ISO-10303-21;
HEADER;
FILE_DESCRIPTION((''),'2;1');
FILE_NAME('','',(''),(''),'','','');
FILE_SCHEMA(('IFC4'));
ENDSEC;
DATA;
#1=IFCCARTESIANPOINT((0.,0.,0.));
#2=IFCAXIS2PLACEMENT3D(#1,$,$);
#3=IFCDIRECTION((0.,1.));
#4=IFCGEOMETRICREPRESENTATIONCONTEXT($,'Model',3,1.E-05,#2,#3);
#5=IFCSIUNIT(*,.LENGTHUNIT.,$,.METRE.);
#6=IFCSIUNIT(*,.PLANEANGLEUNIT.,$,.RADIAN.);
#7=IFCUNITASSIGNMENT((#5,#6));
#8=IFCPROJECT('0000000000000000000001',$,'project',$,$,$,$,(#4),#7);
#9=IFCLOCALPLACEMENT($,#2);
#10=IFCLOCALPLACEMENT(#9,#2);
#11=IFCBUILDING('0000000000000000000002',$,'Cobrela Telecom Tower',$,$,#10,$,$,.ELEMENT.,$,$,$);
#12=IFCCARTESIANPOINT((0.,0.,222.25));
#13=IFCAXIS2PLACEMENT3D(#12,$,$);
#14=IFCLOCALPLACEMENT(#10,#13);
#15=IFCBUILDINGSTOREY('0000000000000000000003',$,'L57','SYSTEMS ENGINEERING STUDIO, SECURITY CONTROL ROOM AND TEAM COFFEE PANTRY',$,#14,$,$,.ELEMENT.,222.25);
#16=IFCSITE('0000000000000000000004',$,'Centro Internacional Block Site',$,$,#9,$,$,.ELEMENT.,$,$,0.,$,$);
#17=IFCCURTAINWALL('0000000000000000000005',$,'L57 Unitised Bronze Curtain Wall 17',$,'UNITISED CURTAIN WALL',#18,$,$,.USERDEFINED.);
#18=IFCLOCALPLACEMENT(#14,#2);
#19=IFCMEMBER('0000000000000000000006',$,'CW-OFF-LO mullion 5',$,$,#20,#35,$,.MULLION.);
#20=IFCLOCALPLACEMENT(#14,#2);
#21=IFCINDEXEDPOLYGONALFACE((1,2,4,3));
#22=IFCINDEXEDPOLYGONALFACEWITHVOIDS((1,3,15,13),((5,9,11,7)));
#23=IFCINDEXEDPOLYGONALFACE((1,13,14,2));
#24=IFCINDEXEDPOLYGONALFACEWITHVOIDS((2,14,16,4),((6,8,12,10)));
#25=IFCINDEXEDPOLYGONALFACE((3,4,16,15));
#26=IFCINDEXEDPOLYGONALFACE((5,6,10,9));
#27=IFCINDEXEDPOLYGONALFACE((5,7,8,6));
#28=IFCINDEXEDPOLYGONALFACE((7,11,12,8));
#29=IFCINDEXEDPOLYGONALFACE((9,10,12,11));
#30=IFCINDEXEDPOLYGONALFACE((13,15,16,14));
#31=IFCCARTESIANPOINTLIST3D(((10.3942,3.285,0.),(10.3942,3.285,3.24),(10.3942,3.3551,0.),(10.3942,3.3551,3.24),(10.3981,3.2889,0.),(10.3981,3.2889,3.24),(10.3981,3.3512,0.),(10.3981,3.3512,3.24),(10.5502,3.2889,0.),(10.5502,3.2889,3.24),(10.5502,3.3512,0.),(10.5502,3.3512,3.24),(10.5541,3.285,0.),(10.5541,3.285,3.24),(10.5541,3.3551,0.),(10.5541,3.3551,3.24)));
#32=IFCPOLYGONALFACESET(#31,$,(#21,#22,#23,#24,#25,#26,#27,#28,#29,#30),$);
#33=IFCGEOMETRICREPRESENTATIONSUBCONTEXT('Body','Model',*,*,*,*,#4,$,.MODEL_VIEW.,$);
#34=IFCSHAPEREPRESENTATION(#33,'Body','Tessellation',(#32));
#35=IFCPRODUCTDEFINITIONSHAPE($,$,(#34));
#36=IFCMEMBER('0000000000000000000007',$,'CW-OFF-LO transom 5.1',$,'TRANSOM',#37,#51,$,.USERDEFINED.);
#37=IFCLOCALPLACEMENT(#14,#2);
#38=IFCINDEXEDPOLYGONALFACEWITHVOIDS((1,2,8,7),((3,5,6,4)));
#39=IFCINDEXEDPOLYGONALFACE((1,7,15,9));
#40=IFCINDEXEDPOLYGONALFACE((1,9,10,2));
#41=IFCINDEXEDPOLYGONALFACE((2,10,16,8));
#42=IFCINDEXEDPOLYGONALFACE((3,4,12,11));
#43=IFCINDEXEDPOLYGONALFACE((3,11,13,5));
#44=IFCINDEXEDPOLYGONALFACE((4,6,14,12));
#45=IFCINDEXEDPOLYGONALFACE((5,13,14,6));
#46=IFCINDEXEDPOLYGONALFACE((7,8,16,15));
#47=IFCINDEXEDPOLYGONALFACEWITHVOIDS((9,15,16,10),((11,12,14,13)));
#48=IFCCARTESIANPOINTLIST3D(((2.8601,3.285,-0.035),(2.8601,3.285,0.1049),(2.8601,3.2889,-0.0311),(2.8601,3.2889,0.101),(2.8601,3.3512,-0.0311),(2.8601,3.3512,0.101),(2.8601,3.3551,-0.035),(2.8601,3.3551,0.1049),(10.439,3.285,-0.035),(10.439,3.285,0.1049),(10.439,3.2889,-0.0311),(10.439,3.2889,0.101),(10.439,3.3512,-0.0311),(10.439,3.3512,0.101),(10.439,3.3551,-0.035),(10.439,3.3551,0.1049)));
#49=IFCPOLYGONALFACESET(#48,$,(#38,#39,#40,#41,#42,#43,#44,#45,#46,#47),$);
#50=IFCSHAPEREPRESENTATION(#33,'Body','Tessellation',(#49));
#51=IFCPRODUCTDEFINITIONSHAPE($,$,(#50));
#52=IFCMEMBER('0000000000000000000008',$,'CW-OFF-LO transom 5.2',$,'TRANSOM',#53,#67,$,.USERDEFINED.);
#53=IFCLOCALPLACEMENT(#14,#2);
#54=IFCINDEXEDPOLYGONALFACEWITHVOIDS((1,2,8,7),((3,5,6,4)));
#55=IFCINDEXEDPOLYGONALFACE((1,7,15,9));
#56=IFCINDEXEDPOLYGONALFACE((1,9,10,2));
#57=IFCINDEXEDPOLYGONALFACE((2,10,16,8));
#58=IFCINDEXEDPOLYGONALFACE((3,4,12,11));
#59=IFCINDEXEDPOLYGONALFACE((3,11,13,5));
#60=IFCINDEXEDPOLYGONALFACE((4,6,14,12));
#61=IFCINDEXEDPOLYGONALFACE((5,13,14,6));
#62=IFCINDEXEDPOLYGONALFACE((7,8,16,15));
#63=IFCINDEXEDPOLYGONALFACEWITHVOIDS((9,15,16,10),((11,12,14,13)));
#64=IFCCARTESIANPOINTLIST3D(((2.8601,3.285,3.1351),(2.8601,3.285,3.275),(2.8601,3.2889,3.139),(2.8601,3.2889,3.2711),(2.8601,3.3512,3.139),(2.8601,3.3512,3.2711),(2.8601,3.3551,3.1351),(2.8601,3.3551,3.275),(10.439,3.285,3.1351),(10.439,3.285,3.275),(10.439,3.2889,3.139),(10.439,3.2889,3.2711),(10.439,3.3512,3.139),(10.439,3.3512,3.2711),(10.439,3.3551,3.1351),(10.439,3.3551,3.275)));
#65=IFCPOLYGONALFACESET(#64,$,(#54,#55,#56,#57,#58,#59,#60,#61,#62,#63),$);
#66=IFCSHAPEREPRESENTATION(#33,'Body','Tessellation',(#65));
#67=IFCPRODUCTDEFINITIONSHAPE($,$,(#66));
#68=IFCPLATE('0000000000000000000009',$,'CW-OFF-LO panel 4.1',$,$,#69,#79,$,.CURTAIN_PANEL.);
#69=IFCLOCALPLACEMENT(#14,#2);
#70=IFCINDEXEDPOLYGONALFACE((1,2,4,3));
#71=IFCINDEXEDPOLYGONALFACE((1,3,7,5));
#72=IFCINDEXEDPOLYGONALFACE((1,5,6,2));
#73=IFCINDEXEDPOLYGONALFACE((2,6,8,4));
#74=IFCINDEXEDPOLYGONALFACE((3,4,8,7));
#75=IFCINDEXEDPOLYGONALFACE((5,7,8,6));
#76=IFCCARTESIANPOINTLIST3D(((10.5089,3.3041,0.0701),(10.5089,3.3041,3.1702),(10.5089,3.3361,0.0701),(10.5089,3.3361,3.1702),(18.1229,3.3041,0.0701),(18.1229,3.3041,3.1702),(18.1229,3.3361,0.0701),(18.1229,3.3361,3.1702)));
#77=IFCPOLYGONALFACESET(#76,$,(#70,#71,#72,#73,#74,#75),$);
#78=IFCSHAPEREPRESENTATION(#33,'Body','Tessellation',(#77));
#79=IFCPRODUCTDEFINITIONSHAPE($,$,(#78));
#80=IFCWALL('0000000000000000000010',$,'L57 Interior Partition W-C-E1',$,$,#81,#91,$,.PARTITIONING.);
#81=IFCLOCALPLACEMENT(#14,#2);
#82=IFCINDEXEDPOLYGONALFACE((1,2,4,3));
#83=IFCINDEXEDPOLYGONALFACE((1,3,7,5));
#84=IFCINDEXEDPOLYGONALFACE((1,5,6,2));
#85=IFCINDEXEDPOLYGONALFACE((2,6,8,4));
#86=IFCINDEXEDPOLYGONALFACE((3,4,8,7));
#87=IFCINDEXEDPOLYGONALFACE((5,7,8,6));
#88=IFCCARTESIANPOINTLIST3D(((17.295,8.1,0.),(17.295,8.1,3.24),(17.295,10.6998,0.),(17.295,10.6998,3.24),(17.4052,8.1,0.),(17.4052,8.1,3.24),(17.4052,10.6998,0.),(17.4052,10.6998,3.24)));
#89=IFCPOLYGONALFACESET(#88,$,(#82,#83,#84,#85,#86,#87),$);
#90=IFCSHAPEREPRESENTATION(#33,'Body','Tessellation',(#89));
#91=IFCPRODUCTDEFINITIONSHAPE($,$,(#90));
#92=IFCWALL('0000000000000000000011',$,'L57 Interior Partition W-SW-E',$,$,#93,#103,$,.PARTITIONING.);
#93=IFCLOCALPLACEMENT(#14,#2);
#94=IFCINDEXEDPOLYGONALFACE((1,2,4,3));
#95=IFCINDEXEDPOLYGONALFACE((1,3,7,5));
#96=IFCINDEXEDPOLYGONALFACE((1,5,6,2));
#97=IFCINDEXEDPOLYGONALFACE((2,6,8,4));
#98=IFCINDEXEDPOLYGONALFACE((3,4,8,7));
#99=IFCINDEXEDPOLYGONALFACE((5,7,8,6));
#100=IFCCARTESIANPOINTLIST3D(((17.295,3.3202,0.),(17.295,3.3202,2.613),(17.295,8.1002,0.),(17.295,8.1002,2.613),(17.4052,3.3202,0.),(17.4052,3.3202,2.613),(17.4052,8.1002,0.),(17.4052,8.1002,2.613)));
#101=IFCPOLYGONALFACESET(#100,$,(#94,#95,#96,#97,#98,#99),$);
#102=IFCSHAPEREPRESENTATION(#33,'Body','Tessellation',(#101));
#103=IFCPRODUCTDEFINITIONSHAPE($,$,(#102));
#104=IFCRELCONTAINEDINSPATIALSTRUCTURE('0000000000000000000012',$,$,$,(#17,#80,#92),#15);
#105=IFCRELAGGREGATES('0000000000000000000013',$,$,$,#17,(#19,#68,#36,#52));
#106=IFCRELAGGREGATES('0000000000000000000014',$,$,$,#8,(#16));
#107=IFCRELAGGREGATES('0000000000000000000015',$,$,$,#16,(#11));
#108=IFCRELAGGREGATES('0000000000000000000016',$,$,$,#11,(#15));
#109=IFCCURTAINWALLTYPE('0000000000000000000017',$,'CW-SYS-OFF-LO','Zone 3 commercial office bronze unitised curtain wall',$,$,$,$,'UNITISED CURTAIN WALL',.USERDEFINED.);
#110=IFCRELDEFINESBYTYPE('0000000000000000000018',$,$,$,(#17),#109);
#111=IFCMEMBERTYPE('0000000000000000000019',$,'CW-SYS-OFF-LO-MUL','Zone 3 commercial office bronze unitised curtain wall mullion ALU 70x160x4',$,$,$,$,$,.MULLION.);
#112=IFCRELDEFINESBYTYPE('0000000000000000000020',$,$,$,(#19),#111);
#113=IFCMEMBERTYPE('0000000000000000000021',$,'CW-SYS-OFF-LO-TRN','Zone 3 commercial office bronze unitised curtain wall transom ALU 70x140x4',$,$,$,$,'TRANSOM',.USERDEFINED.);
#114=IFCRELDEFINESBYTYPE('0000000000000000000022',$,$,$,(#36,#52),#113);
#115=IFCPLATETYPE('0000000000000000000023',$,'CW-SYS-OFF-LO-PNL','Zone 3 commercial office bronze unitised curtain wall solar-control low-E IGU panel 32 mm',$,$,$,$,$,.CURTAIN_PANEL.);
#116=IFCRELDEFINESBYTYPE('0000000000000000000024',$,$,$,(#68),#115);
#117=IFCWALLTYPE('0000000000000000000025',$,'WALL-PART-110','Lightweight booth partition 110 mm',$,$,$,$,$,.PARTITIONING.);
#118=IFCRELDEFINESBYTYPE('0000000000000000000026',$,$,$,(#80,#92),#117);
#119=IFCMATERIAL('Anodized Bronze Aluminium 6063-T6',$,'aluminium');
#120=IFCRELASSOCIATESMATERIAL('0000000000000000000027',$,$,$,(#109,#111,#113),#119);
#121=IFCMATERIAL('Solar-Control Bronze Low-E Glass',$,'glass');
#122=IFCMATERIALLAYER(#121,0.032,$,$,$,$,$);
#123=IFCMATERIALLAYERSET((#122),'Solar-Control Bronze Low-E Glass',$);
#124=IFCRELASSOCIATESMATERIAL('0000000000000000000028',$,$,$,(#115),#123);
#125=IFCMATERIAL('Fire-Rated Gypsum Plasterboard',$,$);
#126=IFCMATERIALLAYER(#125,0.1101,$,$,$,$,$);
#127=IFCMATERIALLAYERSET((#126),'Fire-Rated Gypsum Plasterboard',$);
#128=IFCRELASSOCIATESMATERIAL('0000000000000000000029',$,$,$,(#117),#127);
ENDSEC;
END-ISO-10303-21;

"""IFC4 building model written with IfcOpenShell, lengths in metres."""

from ifc_helpers import new_model, si_unit, direction, frame, frame_2d, origin, origin_2d, place, context, subcontext, project, spatial, rectangle, hollow_rectangle, extrude, material, layer, layer_set, material_profile, profile_set, type_object, element, aggregate, save


model = new_model("IFC4")

# Units and contexts
model_context = context("Model", 3, precision=1e-05, world=origin(), true_north=direction((0.0, 1.0)))
body_context = subcontext(model_context, "Body", "Model", "MODEL_VIEW")
ifc_project = project(units=[si_unit("LENGTHUNIT", "METRE"), si_unit("PLANEANGLEUNIT", "RADIAN")], contexts=[model_context])

# Site, building, storey
site_placement = place(None, origin())
site = spatial("IfcSite", under=ifc_project, at=site_placement, Name="Centro Internacional Block Site", CompositionType="ELEMENT", RefElevation=0.0)
building_placement = place(site_placement, origin())
building = spatial("IfcBuilding", under=site, at=building_placement, Name="Cobrela Telecom Tower", CompositionType="ELEMENT")
storey_placement = place(building_placement, frame((0.0, 0.0, 222.25)))
storey = spatial("IfcBuildingStorey", under=building, at=storey_placement, Name="L57", Description="SYSTEMS ENGINEERING STUDIO, SECURITY CONTROL ROOM AND TEAM COFFEE PANTRY", CompositionType="ELEMENT", Elevation=222.25)

# Curtain wall, members, plate
ifc_material_1 = material(Name="Anodized Bronze Aluminium 6063-T6", Category="aluminium")
curtain_wall_type = type_object("IfcCurtainWallType", Name="CW-SYS-OFF-LO", Description="Zone 3 commercial office bronze unitised curtain wall", ElementType="UNITISED CURTAIN WALL", PredefinedType="USERDEFINED", material=ifc_material_1)
curtain_wall_placement = place(storey_placement, origin())
curtain_wall = element("IfcCurtainWall", 1, at=curtain_wall_placement, inside=storey, type_object=curtain_wall_type, Name="L57 Unitised Bronze Curtain Wall 17", ObjectType="UNITISED CURTAIN WALL", PredefinedType="USERDEFINED")
ifc_material_profile_1 = material_profile(ifc_material_1, hollow_rectangle(XDim=0.0701, YDim=0.1599, WallThickness=0.0039, at=origin_2d()), Name="ALU 70x160x4")
ifc_profile_set_1 = profile_set([ifc_material_profile_1], Name="Anodized Bronze Aluminium 6063-T6")
member_type_1 = type_object("IfcMemberType", Name="CW-SYS-OFF-LO-MUL", Description="Zone 3 commercial office bronze unitised curtain wall mullion ALU 70x160x4", PredefinedType="MULLION", material=ifc_profile_set_1)
member_1_placement = place(storey_placement, frame((10.4741, 3.3201, 0.0), z_axis=(0.0, 0.0, 1.0), x_axis=(0.0, -1.0, 0.0)))
member_1 = element("IfcMember", 2, at=member_1_placement, type_object=member_type_1, Name="CW-OFF-LO mullion 5", PredefinedType="MULLION", context=body_context, shape_type="SweptSolid", body=[
    extrude(hollow_rectangle(XDim=0.0701, YDim=0.1599, WallThickness=0.0039, at=origin_2d()), origin(), (0.0, 0.0, 1.0), 3.24),
])
ifc_material_profile_2 = material_profile(ifc_material_1, hollow_rectangle(XDim=0.0701, YDim=0.1399, WallThickness=0.0039, at=origin_2d()), Name="ALU 70x140x4")
ifc_profile_set_2 = profile_set([ifc_material_profile_2], Name="Anodized Bronze Aluminium 6063-T6")
member_type_2 = type_object("IfcMemberType", Name="CW-SYS-OFF-LO-TRN", Description="Zone 3 commercial office bronze unitised curtain wall transom ALU 70x140x4", ElementType="TRANSOM", PredefinedType="USERDEFINED", material=ifc_profile_set_2)
member_2_placement = place(storey_placement, frame((10.439, 3.3201, 0.0349), z_axis=(-1.0, 0.0, 0.0), x_axis=(0.0, -1.0, 0.0)))
member_2 = element("IfcMember", 3, at=member_2_placement, type_object=member_type_2, Name="CW-OFF-LO transom 5.1", ObjectType="TRANSOM", PredefinedType="USERDEFINED", context=body_context, shape_type="SweptSolid", body=[
    extrude(hollow_rectangle(XDim=0.0701, YDim=0.1399, WallThickness=0.0039, at=origin_2d()), origin(), (0.0, 0.0, 1.0), 7.5789),
])
member_3_placement = place(storey_placement, frame((10.439, 3.3201, 3.2051), z_axis=(-1.0, 0.0, 0.0), x_axis=(0.0, -1.0, 0.0)))
member_3 = element("IfcMember", 4, at=member_3_placement, type_object=member_type_2, Name="CW-OFF-LO transom 5.2", ObjectType="TRANSOM", PredefinedType="USERDEFINED", context=body_context, shape_type="SweptSolid", body=[
    extrude(hollow_rectangle(XDim=0.0701, YDim=0.1399, WallThickness=0.0039, at=origin_2d()), origin(), (0.0, 0.0, 1.0), 7.5789),
])
ifc_material_2 = material(Name="Solar-Control Bronze Low-E Glass", Category="glass")
ifc_layer_1 = layer(ifc_material_2, 0.032)
ifc_layer_set_1 = layer_set([ifc_layer_1], Name="Solar-Control Bronze Low-E Glass")
plate_type = type_object("IfcPlateType", Name="CW-SYS-OFF-LO-PNL", Description="Zone 3 commercial office bronze unitised curtain wall solar-control low-E IGU panel 32 mm", PredefinedType="CURTAIN_PANEL", material=ifc_layer_set_1)
plate_placement = place(storey_placement, frame((14.3159, 3.3201, 0.0701), z_axis=(0.0, 0.0, 1.0), x_axis=(-1.0, 0.0, 0.0)))
plate = element("IfcPlate", 5, at=plate_placement, type_object=plate_type, Name="CW-OFF-LO panel 4.1", PredefinedType="CURTAIN_PANEL", context=body_context, shape_type="SweptSolid", body=[
    extrude(rectangle(XDim=7.614, YDim=0.032, at=origin_2d()), origin(), (0.0, 0.0, 1.0), 3.1001),
])
aggregate(curtain_wall, [member_1, plate, member_2, member_3])

# Walls
ifc_material_3 = material(Name="Fire-Rated Gypsum Plasterboard")
ifc_layer_2 = layer(ifc_material_3, 0.1101)
ifc_layer_set_2 = layer_set([ifc_layer_2], Name="Fire-Rated Gypsum Plasterboard")
wall_type_1 = type_object("IfcWallType", Name="WALL-PART-110", Description="Lightweight booth partition 110 mm", PredefinedType="PARTITIONING", material=ifc_layer_set_2)
wall_1_placement = place(storey_placement, frame((17.3501, 8.1001, 0.0), z_axis=(0.0, 0.0, 1.0), x_axis=(0.0, 1.0, 0.0)))
element("IfcWall", 6, at=wall_1_placement, inside=storey, type_object=wall_type_1, Name="L57 Interior Partition W-C-E1", PredefinedType="PARTITIONING", context=body_context, shape_type="SweptSolid", body=[
    extrude(rectangle(XDim=2.5999, YDim=0.1101, at=frame_2d((1.2998, 0.0))), origin(), (0.0, 0.0, 1.0), 3.24),
])
wall_2_placement = place(storey_placement, frame((17.3501, 3.3201, 0.0), z_axis=(0.0, 0.0, 1.0), x_axis=(0.0, 1.0, 0.0)))
element("IfcWall", 7, at=wall_2_placement, inside=storey, type_object=wall_type_1, Name="L57 Interior Partition W-SW-E", PredefinedType="PARTITIONING", context=body_context, shape_type="SweptSolid", body=[
    extrude(rectangle(XDim=4.78, YDim=0.1101, at=frame_2d((2.3901, 0.0))), origin(), (0.0, 0.0, 1.0), 2.613),
])

save(model, "model.ifc")
